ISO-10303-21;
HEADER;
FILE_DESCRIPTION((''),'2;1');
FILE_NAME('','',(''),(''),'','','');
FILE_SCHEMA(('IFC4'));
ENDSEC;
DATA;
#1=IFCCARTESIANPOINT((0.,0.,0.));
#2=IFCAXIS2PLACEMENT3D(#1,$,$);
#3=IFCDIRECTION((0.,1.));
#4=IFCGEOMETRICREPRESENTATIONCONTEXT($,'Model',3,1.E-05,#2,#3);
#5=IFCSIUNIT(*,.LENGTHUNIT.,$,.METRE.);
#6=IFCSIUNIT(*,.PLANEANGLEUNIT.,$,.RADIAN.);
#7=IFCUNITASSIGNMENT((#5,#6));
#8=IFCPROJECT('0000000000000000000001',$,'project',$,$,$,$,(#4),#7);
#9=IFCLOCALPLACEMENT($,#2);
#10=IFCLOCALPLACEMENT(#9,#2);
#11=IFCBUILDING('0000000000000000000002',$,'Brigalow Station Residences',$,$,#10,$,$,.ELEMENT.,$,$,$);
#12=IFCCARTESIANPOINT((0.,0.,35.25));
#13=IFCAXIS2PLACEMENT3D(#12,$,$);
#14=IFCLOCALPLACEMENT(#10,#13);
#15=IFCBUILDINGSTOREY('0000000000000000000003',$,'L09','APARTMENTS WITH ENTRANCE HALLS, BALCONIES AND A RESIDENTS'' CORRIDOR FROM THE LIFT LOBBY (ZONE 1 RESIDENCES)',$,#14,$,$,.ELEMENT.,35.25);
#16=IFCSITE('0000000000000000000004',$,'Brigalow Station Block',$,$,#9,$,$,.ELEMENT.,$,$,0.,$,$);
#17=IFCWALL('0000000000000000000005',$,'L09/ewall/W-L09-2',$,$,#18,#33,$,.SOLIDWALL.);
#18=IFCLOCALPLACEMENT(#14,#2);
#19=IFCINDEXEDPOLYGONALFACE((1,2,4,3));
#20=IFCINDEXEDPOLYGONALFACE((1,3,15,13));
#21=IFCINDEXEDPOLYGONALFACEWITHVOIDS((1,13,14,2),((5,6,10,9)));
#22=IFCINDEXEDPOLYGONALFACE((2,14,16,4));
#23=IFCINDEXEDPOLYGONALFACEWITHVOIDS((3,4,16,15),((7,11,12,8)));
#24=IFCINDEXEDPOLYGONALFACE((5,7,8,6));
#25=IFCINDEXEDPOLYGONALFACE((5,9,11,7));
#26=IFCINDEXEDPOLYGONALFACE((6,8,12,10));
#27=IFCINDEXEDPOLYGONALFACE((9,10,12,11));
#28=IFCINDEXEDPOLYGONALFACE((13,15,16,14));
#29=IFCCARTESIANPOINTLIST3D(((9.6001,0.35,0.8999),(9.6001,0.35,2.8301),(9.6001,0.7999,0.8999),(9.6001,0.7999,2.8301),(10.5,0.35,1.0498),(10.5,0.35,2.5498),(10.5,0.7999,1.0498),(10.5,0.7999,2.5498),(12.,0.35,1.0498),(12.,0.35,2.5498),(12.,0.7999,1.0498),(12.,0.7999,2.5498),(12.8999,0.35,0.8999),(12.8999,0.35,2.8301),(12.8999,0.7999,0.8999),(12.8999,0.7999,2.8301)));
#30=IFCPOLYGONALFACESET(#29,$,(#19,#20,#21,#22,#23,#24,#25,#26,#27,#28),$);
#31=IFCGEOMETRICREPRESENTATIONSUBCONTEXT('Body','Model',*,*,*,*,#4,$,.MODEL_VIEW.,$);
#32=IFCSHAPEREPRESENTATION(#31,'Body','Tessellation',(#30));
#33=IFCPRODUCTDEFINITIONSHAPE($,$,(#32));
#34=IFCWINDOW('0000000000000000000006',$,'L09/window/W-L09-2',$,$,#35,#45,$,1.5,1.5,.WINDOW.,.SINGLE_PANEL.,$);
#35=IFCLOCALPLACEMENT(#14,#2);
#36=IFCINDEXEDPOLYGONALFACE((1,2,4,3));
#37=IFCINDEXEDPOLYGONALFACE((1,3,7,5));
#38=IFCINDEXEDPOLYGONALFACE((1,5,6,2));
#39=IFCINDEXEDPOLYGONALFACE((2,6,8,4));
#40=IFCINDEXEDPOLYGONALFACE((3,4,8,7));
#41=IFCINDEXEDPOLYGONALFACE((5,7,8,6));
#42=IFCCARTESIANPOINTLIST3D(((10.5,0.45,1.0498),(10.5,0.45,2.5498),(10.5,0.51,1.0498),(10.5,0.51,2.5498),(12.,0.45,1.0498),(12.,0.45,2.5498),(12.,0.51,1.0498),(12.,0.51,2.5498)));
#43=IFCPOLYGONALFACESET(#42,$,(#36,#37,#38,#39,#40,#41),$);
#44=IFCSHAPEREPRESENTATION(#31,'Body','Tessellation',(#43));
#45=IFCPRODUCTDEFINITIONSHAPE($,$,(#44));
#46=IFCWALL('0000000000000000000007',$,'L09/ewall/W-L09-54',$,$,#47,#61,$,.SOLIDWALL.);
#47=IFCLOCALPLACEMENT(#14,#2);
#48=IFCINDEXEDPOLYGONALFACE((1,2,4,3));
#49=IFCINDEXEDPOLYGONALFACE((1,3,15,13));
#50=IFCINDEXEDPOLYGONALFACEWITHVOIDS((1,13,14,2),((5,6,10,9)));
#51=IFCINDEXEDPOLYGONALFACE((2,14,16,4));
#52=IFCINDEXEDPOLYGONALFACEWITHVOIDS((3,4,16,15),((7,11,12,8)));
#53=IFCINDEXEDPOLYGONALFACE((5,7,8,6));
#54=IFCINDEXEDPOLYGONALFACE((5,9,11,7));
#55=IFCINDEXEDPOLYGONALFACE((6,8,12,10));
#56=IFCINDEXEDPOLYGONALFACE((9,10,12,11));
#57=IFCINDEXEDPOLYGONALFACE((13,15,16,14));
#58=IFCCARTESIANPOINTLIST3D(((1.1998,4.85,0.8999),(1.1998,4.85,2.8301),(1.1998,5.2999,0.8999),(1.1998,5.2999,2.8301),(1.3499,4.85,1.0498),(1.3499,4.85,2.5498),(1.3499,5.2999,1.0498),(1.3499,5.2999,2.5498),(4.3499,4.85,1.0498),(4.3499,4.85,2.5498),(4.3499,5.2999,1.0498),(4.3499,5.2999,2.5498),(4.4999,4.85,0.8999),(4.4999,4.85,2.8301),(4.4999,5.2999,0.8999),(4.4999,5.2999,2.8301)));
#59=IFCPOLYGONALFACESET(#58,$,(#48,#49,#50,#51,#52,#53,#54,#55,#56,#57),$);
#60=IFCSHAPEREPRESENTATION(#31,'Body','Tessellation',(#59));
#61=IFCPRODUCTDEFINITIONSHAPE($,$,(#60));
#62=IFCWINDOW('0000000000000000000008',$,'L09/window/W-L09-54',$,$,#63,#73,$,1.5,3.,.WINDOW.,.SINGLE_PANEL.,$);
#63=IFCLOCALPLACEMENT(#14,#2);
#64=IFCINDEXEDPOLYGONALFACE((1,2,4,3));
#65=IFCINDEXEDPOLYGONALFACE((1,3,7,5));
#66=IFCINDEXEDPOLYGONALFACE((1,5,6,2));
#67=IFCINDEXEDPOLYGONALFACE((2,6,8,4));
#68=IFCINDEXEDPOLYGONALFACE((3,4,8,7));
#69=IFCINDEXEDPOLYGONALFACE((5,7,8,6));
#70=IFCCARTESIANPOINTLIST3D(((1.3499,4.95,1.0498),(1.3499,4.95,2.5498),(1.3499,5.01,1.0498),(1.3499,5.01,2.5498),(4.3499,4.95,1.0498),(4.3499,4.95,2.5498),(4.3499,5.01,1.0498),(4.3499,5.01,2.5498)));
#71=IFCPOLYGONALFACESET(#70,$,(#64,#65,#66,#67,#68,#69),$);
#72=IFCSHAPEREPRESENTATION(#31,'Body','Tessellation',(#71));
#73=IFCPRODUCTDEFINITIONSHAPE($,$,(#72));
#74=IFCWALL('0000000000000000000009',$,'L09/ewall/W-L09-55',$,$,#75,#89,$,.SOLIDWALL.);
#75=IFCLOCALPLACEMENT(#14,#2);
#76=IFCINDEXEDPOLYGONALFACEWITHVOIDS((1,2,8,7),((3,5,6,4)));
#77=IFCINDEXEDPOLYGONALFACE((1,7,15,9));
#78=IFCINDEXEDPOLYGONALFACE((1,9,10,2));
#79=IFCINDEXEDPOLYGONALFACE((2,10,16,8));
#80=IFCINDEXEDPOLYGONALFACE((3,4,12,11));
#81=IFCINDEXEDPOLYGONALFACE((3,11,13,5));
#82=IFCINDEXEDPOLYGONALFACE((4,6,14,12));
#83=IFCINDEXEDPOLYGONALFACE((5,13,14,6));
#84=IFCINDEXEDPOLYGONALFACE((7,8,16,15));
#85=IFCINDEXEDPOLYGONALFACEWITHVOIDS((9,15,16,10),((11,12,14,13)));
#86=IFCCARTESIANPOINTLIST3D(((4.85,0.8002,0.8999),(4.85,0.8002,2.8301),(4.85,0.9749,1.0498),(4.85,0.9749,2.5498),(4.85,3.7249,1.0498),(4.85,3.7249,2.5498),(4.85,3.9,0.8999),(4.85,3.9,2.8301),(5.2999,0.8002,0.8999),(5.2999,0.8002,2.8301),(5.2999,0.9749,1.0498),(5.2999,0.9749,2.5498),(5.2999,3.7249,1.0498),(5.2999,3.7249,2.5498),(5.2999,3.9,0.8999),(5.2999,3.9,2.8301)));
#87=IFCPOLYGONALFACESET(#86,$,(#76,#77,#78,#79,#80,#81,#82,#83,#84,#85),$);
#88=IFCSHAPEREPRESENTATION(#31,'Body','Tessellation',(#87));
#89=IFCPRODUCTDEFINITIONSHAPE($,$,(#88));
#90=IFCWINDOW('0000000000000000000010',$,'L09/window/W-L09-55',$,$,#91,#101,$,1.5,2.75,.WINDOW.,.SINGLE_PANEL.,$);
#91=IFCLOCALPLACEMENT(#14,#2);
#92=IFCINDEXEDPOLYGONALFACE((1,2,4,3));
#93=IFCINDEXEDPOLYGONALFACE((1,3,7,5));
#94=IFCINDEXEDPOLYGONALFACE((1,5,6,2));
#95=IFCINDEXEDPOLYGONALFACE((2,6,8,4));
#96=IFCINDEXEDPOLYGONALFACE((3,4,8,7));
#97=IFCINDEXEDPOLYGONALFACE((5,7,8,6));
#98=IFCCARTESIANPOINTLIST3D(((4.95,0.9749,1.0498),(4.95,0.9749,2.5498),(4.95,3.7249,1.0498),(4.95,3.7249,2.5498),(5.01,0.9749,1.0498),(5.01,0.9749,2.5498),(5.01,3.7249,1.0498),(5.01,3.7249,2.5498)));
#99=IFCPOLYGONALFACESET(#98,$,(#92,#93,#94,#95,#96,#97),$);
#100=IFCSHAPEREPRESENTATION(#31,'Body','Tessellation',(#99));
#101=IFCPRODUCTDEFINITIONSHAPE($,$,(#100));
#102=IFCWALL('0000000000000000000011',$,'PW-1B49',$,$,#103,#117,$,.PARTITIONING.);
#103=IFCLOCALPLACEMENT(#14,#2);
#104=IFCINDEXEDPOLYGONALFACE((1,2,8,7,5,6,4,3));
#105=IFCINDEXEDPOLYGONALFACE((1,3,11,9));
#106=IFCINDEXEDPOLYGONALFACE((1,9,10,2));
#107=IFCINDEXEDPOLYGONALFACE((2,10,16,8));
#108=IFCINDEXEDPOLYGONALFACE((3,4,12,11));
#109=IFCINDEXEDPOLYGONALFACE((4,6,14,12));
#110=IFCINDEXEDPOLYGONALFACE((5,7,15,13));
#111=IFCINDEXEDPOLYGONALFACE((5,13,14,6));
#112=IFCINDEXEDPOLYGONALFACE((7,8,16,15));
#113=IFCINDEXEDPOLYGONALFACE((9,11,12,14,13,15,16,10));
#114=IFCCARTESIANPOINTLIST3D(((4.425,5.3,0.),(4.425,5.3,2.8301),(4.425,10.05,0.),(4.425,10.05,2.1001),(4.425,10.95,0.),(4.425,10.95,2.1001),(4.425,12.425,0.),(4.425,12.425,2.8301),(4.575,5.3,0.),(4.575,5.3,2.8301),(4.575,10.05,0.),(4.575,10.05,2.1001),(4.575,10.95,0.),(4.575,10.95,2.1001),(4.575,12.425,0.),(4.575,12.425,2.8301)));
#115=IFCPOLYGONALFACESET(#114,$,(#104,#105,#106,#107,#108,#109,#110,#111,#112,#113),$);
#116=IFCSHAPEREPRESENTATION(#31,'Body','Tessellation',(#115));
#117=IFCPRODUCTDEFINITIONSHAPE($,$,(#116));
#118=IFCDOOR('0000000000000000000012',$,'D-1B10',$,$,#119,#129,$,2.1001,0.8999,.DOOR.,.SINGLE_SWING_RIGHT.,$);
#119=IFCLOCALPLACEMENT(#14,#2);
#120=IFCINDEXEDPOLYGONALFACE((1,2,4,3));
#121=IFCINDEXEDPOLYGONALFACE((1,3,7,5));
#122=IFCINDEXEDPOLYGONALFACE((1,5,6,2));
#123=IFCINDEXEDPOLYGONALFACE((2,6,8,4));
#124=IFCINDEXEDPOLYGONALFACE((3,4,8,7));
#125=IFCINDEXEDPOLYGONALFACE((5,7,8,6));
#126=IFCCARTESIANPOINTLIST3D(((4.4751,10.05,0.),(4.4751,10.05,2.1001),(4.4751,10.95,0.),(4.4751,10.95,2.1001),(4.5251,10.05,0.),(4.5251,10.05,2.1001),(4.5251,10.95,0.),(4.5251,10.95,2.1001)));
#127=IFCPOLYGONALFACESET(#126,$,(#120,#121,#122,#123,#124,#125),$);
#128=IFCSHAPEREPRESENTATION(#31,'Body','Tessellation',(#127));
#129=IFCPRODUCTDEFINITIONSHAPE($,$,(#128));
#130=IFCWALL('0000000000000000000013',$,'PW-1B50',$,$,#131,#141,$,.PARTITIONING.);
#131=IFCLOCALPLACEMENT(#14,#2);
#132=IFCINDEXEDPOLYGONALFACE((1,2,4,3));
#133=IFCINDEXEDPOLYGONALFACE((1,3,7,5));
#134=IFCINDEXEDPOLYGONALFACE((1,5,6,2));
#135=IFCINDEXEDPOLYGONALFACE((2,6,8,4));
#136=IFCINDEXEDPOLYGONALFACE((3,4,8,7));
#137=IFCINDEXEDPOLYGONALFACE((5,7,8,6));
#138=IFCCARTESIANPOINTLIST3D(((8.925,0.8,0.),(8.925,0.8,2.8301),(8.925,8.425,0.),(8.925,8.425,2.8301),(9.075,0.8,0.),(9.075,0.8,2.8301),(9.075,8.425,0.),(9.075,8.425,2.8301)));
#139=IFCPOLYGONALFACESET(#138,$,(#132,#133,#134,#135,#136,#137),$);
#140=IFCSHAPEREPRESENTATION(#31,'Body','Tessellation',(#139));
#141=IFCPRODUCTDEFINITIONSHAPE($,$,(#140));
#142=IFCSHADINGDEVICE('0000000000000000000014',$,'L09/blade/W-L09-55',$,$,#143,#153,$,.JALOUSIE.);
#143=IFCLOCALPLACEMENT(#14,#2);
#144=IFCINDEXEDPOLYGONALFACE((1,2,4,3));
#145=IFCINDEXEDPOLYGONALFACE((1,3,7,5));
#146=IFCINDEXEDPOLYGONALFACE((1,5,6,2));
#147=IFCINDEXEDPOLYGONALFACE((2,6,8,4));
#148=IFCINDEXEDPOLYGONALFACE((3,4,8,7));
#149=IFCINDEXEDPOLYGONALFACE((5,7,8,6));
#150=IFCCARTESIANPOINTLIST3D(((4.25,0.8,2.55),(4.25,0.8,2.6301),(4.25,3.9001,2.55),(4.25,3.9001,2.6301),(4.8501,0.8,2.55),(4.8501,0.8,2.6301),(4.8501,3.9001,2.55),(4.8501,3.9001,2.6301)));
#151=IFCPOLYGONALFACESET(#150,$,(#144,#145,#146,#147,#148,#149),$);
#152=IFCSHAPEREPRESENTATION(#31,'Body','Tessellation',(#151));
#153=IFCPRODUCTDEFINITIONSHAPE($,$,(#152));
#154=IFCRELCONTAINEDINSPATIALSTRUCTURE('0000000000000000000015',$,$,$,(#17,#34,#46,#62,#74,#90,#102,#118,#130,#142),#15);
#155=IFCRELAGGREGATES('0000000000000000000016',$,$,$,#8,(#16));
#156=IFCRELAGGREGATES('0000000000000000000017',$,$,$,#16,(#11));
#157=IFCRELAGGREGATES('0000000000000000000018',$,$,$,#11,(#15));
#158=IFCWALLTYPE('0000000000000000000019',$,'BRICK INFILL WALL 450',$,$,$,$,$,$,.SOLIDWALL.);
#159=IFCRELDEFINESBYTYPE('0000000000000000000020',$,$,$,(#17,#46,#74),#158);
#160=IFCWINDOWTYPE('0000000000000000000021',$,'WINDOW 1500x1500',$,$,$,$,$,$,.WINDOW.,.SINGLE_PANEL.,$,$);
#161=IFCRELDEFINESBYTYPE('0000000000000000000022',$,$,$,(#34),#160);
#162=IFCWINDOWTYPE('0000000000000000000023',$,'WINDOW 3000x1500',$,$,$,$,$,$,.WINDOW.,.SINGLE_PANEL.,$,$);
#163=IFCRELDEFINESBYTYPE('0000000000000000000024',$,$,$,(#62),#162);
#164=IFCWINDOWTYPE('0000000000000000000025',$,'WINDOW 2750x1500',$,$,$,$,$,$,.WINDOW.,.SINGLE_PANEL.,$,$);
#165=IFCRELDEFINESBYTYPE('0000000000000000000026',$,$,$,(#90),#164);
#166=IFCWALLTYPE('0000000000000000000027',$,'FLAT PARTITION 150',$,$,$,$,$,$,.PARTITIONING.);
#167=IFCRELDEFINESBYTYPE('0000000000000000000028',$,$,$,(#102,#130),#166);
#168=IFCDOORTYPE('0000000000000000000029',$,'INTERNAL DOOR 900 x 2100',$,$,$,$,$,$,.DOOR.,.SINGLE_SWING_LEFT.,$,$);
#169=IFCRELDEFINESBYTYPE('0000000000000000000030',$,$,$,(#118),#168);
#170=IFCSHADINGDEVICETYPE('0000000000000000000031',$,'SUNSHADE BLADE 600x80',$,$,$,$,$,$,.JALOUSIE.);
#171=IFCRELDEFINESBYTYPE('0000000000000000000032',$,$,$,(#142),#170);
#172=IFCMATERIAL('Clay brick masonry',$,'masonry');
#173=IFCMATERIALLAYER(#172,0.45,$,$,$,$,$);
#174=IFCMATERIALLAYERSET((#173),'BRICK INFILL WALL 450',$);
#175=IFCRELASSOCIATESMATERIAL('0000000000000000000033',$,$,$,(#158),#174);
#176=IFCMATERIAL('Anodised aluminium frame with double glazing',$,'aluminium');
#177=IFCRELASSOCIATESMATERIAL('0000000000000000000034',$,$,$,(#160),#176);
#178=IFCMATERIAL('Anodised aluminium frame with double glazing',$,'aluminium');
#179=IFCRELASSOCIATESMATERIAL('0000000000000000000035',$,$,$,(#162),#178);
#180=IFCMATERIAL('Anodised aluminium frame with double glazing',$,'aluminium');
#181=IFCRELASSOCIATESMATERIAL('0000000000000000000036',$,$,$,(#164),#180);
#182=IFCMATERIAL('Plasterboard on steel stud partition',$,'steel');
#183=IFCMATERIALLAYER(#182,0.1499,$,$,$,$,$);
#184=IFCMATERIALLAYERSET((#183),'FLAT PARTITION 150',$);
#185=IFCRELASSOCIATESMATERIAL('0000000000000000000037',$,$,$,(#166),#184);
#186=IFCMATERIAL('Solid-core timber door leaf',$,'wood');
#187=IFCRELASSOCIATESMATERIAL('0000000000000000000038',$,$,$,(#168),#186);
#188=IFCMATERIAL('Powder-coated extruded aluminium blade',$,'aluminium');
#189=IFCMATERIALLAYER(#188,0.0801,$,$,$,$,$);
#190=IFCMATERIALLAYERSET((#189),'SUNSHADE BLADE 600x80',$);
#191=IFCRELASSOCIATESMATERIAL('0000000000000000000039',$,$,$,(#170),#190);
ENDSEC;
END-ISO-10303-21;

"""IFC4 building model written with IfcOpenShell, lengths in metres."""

from ifc_helpers import new_model, si_unit, direction, frame, frame_2d, origin, origin_2d, place, context, subcontext, project, spatial, rectangle, extrude, material, layer, layer_set, type_object, element, fill, save


model = new_model("IFC4")

# Units and contexts
model_context = context("Model", 3, precision=1e-05, world=origin(), true_north=direction((0.0, 1.0)))
body_context = subcontext(model_context, "Body", "Model", "MODEL_VIEW")
ifc_project = project(units=[si_unit("LENGTHUNIT", "METRE"), si_unit("PLANEANGLEUNIT", "RADIAN")], contexts=[model_context])

# Site, building, storey
site_placement = place(None, origin())
site = spatial("IfcSite", under=ifc_project, at=site_placement, Name="Brigalow Station Block", CompositionType="ELEMENT", RefElevation=0.0)
building_placement = place(site_placement, origin())
building = spatial("IfcBuilding", under=site, at=building_placement, Name="Brigalow Station Residences", CompositionType="ELEMENT")
storey_placement = place(building_placement, frame((0.0, 0.0, 35.25)))
storey = spatial("IfcBuildingStorey", under=building, at=storey_placement, Name="L09", Description="APARTMENTS WITH ENTRANCE HALLS, BALCONIES AND A RESIDENTS' CORRIDOR FROM THE LIFT LOBBY (ZONE 1 RESIDENCES)", CompositionType="ELEMENT", Elevation=35.25)

# Walls, openings, windows
ifc_material_1 = material(Name="Clay brick masonry", Category="masonry")
ifc_layer_1 = layer(ifc_material_1, 0.45)
ifc_layer_set_1 = layer_set([ifc_layer_1], Name="BRICK INFILL WALL 450")
wall_type_1 = type_object("IfcWallType", Name="BRICK INFILL WALL 450", PredefinedType="SOLIDWALL", material=ifc_layer_set_1)
ifc_material_2 = material(Name="Anodised aluminium frame with double glazing", Category="aluminium")
window_type_1 = type_object("IfcWindowType", Name="WINDOW 1500x1500", PartitioningType="SINGLE_PANEL", PredefinedType="WINDOW", material=ifc_material_2)
wall_1_placement = place(storey_placement, frame((9.6001, 0.575, 0.8999), z_axis=(0.0, 0.0, 1.0), x_axis=(1.0, 0.0, 0.0)))
wall_1 = element("IfcWall", 1, at=wall_1_placement, inside=storey, type_object=wall_type_1, Name="L09/ewall/W-L09-2", PredefinedType="SOLIDWALL", context=body_context, shape_type="SweptSolid", body=[
    extrude(rectangle(XDim=3.2998, YDim=0.45, at=frame_2d((1.6499, 0.0))), origin(), (0.0, 0.0, 1.0), 1.9302),
])
opening_1_placement = place(wall_1_placement, frame((0.8999, 0.0, 0.1499)))
opening_1 = element("IfcOpeningElement", 2, at=opening_1_placement, cuts=wall_1, PredefinedType="OPENING", context=body_context, shape_type="SweptSolid", body=[
    extrude(rectangle(XDim=1.5, YDim=1.5, at=frame_2d((0.75, 0.75))), frame((0.0, 0.2349, 0.0), z_axis=(0.0, -1.0, 0.0), x_axis=(1.0, 0.0, 0.0)), (0.0, 0.0, 1.0), 0.47),
])
window_1_placement = place(opening_1_placement, origin())
window_1 = element("IfcWindow", 3, at=window_1_placement, inside=storey, type_object=window_type_1, Name="L09/window/W-L09-2", OverallHeight=1.5, OverallWidth=1.5, PartitioningType="SINGLE_PANEL", PredefinedType="WINDOW", context=body_context, shape_type="SweptSolid", body=[
    extrude(rectangle(XDim=1.5, YDim=1.5, at=frame_2d((0.75, 0.75))), frame((0.0, -0.0649, 0.0), z_axis=(0.0, -1.0, 0.0), x_axis=(1.0, 0.0, 0.0)), (0.0, 0.0, 1.0), 0.0601),
])
fill(opening_1, window_1)
wall_2_placement = place(storey_placement, frame((1.2, 5.075, 0.8999), z_axis=(0.0, 0.0, 1.0), x_axis=(1.0, 0.0, 0.0)))
wall_2 = element("IfcWall", 4, at=wall_2_placement, inside=storey, type_object=wall_type_1, Name="L09/ewall/W-L09-54", PredefinedType="SOLIDWALL", context=body_context, shape_type="SweptSolid", body=[
    extrude(rectangle(XDim=3.3, YDim=0.45, at=frame_2d((1.6499, 0.0))), origin(), (0.0, 0.0, 1.0), 1.9302),
])
opening_2_placement = place(wall_2_placement, frame((0.1499, 0.0, 0.1499)))
opening_2 = element("IfcOpeningElement", 5, at=opening_2_placement, cuts=wall_2, PredefinedType="OPENING", context=body_context, shape_type="SweptSolid", body=[
    extrude(rectangle(XDim=3.0, YDim=1.5, at=frame_2d((1.5, 0.75))), frame((0.0, 0.2349, 0.0), z_axis=(0.0, -1.0, 0.0), x_axis=(1.0, 0.0, 0.0)), (0.0, 0.0, 1.0), 0.47),
])
ifc_material_3 = material(Name="Anodised aluminium frame with double glazing", Category="aluminium")
window_type_2 = type_object("IfcWindowType", Name="WINDOW 3000x1500", PartitioningType="SINGLE_PANEL", PredefinedType="WINDOW", material=ifc_material_3)
window_2_placement = place(opening_2_placement, origin())
window_2 = element("IfcWindow", 6, at=window_2_placement, inside=storey, type_object=window_type_2, Name="L09/window/W-L09-54", OverallHeight=1.5, OverallWidth=3.0, PartitioningType="SINGLE_PANEL", PredefinedType="WINDOW", context=body_context, shape_type="SweptSolid", body=[
    extrude(rectangle(XDim=3.0, YDim=1.5, at=frame_2d((1.5, 0.75))), frame((0.0, -0.0649, 0.0), z_axis=(0.0, -1.0, 0.0), x_axis=(1.0, 0.0, 0.0)), (0.0, 0.0, 1.0), 0.0601),
])
fill(opening_2, window_2)
wall_3_placement = place(storey_placement, frame((5.075, 3.8999, 0.8999), z_axis=(0.0, 0.0, 1.0), x_axis=(0.0, -1.0, 0.0)))
wall_3 = element("IfcWall", 7, at=wall_3_placement, inside=storey, type_object=wall_type_1, Name="L09/ewall/W-L09-55", PredefinedType="SOLIDWALL", context=body_context, shape_type="SweptSolid", body=[
    extrude(rectangle(XDim=3.0999, YDim=0.45, at=frame_2d((1.5498, 0.0))), origin(), (0.0, 0.0, 1.0), 1.9302),
])
opening_3_placement = place(wall_3_placement, frame((0.175, 0.0, 0.1499)))
opening_3 = element("IfcOpeningElement", 8, at=opening_3_placement, cuts=wall_3, PredefinedType="OPENING", context=body_context, shape_type="SweptSolid", body=[
    extrude(rectangle(XDim=2.75, YDim=1.5, at=frame_2d((1.375, 0.75))), frame((0.0, 0.2349, 0.0), z_axis=(0.0, -1.0, 0.0), x_axis=(1.0, 0.0, 0.0)), (0.0, 0.0, 1.0), 0.47),
])
ifc_material_4 = material(Name="Anodised aluminium frame with double glazing", Category="aluminium")
window_type_3 = type_object("IfcWindowType", Name="WINDOW 2750x1500", PartitioningType="SINGLE_PANEL", PredefinedType="WINDOW", material=ifc_material_4)
window_3_placement = place(opening_3_placement, origin())
window_3 = element("IfcWindow", 9, at=window_3_placement, inside=storey, type_object=window_type_3, Name="L09/window/W-L09-55", OverallHeight=1.5, OverallWidth=2.75, PartitioningType="SINGLE_PANEL", PredefinedType="WINDOW", context=body_context, shape_type="SweptSolid", body=[
    extrude(rectangle(XDim=2.75, YDim=1.5, at=frame_2d((1.375, 0.75))), frame((0.0, -0.0649, 0.0), z_axis=(0.0, -1.0, 0.0), x_axis=(1.0, 0.0, 0.0)), (0.0, 0.0, 1.0), 0.0601),
])
fill(opening_3, window_3)

# Wall, opening, door
ifc_material_5 = material(Name="Plasterboard on steel stud partition", Category="steel")
ifc_layer_2 = layer(ifc_material_5, 0.1499)
ifc_layer_set_2 = layer_set([ifc_layer_2], Name="FLAT PARTITION 150")
wall_type_2 = type_object("IfcWallType", Name="FLAT PARTITION 150", PredefinedType="PARTITIONING", material=ifc_layer_set_2)
wall_4_placement = place(storey_placement, frame((4.5, 5.3, 0.0), z_axis=(0.0, 0.0, 1.0), x_axis=(0.0, 1.0, 0.0)))
wall_4 = element("IfcWall", 10, at=wall_4_placement, inside=storey, type_object=wall_type_2, Name="PW-1B49", PredefinedType="PARTITIONING", context=body_context, shape_type="SweptSolid", body=[
    extrude(rectangle(XDim=7.125, YDim=0.1499, at=frame_2d((3.5625, 0.0))), origin(), (0.0, 0.0, 1.0), 2.8301),
])
opening_4_placement = place(wall_4_placement, frame((4.75, 0.0, 0.0)))
opening_4 = element("IfcOpeningElement", 11, at=opening_4_placement, cuts=wall_4, PredefinedType="OPENING", context=body_context, shape_type="SweptSolid", body=[
    extrude(rectangle(XDim=0.8999, YDim=2.1001, at=frame_2d((0.45, 1.05))), frame((0.0, 0.085, 0.0), z_axis=(0.0, -1.0, 0.0), x_axis=(1.0, 0.0, 0.0)), (0.0, 0.0, 1.0), 0.1699),
])
ifc_material_6 = material(Name="Solid-core timber door leaf", Category="wood")
door_type = type_object("IfcDoorType", Name="INTERNAL DOOR 900 x 2100", OperationType="SINGLE_SWING_LEFT", PredefinedType="DOOR", material=ifc_material_6)
door_placement = place(opening_4_placement, origin())
door = element("IfcDoor", 12, at=door_placement, inside=storey, type_object=door_type, Name="D-1B10", OperationType="SINGLE_SWING_RIGHT", OverallHeight=2.1001, OverallWidth=0.8999, PredefinedType="DOOR", context=body_context, shape_type="SweptSolid", body=[
    extrude(rectangle(XDim=0.8999, YDim=2.1001, at=frame_2d((0.45, 1.05))), frame((0.0, 0.0249, 0.0), z_axis=(0.0, -1.0, 0.0), x_axis=(1.0, 0.0, 0.0)), (0.0, 0.0, 1.0), 0.05),
])
fill(opening_4, door)

# Wall
wall_5_placement = place(storey_placement, frame((9.0, 0.8, 0.0), z_axis=(0.0, 0.0, 1.0), x_axis=(0.0, 1.0, 0.0)))
element("IfcWall", 13, at=wall_5_placement, inside=storey, type_object=wall_type_2, Name="PW-1B50", PredefinedType="PARTITIONING", context=body_context, shape_type="SweptSolid", body=[
    extrude(rectangle(XDim=7.625, YDim=0.1499, at=frame_2d((3.8125, 0.0))), origin(), (0.0, 0.0, 1.0), 2.8301),
])

# Shading device
ifc_material_7 = material(Name="Powder-coated extruded aluminium blade", Category="aluminium")
ifc_layer_3 = layer(ifc_material_7, 0.0801)
ifc_layer_set_3 = layer_set([ifc_layer_3], Name="SUNSHADE BLADE 600x80")
shading_device_type = type_object("IfcShadingDeviceType", Name="SUNSHADE BLADE 600x80", PredefinedType="JALOUSIE", material=ifc_layer_set_3)
shading_device_placement = place(storey_placement, frame((4.55, 2.3501, 2.55), z_axis=(0.0, 0.0, 1.0), x_axis=(0.0, -1.0, 0.0)))
element("IfcShadingDevice", 14, at=shading_device_placement, inside=storey, type_object=shading_device_type, Name="L09/blade/W-L09-55", PredefinedType="JALOUSIE", context=body_context, shape_type="SweptSolid", body=[
    extrude(rectangle(XDim=3.1001, YDim=0.6001, at=origin_2d()), origin(), (0.0, 0.0, 1.0), 0.0801),
])

save(model, "model.ifc")
